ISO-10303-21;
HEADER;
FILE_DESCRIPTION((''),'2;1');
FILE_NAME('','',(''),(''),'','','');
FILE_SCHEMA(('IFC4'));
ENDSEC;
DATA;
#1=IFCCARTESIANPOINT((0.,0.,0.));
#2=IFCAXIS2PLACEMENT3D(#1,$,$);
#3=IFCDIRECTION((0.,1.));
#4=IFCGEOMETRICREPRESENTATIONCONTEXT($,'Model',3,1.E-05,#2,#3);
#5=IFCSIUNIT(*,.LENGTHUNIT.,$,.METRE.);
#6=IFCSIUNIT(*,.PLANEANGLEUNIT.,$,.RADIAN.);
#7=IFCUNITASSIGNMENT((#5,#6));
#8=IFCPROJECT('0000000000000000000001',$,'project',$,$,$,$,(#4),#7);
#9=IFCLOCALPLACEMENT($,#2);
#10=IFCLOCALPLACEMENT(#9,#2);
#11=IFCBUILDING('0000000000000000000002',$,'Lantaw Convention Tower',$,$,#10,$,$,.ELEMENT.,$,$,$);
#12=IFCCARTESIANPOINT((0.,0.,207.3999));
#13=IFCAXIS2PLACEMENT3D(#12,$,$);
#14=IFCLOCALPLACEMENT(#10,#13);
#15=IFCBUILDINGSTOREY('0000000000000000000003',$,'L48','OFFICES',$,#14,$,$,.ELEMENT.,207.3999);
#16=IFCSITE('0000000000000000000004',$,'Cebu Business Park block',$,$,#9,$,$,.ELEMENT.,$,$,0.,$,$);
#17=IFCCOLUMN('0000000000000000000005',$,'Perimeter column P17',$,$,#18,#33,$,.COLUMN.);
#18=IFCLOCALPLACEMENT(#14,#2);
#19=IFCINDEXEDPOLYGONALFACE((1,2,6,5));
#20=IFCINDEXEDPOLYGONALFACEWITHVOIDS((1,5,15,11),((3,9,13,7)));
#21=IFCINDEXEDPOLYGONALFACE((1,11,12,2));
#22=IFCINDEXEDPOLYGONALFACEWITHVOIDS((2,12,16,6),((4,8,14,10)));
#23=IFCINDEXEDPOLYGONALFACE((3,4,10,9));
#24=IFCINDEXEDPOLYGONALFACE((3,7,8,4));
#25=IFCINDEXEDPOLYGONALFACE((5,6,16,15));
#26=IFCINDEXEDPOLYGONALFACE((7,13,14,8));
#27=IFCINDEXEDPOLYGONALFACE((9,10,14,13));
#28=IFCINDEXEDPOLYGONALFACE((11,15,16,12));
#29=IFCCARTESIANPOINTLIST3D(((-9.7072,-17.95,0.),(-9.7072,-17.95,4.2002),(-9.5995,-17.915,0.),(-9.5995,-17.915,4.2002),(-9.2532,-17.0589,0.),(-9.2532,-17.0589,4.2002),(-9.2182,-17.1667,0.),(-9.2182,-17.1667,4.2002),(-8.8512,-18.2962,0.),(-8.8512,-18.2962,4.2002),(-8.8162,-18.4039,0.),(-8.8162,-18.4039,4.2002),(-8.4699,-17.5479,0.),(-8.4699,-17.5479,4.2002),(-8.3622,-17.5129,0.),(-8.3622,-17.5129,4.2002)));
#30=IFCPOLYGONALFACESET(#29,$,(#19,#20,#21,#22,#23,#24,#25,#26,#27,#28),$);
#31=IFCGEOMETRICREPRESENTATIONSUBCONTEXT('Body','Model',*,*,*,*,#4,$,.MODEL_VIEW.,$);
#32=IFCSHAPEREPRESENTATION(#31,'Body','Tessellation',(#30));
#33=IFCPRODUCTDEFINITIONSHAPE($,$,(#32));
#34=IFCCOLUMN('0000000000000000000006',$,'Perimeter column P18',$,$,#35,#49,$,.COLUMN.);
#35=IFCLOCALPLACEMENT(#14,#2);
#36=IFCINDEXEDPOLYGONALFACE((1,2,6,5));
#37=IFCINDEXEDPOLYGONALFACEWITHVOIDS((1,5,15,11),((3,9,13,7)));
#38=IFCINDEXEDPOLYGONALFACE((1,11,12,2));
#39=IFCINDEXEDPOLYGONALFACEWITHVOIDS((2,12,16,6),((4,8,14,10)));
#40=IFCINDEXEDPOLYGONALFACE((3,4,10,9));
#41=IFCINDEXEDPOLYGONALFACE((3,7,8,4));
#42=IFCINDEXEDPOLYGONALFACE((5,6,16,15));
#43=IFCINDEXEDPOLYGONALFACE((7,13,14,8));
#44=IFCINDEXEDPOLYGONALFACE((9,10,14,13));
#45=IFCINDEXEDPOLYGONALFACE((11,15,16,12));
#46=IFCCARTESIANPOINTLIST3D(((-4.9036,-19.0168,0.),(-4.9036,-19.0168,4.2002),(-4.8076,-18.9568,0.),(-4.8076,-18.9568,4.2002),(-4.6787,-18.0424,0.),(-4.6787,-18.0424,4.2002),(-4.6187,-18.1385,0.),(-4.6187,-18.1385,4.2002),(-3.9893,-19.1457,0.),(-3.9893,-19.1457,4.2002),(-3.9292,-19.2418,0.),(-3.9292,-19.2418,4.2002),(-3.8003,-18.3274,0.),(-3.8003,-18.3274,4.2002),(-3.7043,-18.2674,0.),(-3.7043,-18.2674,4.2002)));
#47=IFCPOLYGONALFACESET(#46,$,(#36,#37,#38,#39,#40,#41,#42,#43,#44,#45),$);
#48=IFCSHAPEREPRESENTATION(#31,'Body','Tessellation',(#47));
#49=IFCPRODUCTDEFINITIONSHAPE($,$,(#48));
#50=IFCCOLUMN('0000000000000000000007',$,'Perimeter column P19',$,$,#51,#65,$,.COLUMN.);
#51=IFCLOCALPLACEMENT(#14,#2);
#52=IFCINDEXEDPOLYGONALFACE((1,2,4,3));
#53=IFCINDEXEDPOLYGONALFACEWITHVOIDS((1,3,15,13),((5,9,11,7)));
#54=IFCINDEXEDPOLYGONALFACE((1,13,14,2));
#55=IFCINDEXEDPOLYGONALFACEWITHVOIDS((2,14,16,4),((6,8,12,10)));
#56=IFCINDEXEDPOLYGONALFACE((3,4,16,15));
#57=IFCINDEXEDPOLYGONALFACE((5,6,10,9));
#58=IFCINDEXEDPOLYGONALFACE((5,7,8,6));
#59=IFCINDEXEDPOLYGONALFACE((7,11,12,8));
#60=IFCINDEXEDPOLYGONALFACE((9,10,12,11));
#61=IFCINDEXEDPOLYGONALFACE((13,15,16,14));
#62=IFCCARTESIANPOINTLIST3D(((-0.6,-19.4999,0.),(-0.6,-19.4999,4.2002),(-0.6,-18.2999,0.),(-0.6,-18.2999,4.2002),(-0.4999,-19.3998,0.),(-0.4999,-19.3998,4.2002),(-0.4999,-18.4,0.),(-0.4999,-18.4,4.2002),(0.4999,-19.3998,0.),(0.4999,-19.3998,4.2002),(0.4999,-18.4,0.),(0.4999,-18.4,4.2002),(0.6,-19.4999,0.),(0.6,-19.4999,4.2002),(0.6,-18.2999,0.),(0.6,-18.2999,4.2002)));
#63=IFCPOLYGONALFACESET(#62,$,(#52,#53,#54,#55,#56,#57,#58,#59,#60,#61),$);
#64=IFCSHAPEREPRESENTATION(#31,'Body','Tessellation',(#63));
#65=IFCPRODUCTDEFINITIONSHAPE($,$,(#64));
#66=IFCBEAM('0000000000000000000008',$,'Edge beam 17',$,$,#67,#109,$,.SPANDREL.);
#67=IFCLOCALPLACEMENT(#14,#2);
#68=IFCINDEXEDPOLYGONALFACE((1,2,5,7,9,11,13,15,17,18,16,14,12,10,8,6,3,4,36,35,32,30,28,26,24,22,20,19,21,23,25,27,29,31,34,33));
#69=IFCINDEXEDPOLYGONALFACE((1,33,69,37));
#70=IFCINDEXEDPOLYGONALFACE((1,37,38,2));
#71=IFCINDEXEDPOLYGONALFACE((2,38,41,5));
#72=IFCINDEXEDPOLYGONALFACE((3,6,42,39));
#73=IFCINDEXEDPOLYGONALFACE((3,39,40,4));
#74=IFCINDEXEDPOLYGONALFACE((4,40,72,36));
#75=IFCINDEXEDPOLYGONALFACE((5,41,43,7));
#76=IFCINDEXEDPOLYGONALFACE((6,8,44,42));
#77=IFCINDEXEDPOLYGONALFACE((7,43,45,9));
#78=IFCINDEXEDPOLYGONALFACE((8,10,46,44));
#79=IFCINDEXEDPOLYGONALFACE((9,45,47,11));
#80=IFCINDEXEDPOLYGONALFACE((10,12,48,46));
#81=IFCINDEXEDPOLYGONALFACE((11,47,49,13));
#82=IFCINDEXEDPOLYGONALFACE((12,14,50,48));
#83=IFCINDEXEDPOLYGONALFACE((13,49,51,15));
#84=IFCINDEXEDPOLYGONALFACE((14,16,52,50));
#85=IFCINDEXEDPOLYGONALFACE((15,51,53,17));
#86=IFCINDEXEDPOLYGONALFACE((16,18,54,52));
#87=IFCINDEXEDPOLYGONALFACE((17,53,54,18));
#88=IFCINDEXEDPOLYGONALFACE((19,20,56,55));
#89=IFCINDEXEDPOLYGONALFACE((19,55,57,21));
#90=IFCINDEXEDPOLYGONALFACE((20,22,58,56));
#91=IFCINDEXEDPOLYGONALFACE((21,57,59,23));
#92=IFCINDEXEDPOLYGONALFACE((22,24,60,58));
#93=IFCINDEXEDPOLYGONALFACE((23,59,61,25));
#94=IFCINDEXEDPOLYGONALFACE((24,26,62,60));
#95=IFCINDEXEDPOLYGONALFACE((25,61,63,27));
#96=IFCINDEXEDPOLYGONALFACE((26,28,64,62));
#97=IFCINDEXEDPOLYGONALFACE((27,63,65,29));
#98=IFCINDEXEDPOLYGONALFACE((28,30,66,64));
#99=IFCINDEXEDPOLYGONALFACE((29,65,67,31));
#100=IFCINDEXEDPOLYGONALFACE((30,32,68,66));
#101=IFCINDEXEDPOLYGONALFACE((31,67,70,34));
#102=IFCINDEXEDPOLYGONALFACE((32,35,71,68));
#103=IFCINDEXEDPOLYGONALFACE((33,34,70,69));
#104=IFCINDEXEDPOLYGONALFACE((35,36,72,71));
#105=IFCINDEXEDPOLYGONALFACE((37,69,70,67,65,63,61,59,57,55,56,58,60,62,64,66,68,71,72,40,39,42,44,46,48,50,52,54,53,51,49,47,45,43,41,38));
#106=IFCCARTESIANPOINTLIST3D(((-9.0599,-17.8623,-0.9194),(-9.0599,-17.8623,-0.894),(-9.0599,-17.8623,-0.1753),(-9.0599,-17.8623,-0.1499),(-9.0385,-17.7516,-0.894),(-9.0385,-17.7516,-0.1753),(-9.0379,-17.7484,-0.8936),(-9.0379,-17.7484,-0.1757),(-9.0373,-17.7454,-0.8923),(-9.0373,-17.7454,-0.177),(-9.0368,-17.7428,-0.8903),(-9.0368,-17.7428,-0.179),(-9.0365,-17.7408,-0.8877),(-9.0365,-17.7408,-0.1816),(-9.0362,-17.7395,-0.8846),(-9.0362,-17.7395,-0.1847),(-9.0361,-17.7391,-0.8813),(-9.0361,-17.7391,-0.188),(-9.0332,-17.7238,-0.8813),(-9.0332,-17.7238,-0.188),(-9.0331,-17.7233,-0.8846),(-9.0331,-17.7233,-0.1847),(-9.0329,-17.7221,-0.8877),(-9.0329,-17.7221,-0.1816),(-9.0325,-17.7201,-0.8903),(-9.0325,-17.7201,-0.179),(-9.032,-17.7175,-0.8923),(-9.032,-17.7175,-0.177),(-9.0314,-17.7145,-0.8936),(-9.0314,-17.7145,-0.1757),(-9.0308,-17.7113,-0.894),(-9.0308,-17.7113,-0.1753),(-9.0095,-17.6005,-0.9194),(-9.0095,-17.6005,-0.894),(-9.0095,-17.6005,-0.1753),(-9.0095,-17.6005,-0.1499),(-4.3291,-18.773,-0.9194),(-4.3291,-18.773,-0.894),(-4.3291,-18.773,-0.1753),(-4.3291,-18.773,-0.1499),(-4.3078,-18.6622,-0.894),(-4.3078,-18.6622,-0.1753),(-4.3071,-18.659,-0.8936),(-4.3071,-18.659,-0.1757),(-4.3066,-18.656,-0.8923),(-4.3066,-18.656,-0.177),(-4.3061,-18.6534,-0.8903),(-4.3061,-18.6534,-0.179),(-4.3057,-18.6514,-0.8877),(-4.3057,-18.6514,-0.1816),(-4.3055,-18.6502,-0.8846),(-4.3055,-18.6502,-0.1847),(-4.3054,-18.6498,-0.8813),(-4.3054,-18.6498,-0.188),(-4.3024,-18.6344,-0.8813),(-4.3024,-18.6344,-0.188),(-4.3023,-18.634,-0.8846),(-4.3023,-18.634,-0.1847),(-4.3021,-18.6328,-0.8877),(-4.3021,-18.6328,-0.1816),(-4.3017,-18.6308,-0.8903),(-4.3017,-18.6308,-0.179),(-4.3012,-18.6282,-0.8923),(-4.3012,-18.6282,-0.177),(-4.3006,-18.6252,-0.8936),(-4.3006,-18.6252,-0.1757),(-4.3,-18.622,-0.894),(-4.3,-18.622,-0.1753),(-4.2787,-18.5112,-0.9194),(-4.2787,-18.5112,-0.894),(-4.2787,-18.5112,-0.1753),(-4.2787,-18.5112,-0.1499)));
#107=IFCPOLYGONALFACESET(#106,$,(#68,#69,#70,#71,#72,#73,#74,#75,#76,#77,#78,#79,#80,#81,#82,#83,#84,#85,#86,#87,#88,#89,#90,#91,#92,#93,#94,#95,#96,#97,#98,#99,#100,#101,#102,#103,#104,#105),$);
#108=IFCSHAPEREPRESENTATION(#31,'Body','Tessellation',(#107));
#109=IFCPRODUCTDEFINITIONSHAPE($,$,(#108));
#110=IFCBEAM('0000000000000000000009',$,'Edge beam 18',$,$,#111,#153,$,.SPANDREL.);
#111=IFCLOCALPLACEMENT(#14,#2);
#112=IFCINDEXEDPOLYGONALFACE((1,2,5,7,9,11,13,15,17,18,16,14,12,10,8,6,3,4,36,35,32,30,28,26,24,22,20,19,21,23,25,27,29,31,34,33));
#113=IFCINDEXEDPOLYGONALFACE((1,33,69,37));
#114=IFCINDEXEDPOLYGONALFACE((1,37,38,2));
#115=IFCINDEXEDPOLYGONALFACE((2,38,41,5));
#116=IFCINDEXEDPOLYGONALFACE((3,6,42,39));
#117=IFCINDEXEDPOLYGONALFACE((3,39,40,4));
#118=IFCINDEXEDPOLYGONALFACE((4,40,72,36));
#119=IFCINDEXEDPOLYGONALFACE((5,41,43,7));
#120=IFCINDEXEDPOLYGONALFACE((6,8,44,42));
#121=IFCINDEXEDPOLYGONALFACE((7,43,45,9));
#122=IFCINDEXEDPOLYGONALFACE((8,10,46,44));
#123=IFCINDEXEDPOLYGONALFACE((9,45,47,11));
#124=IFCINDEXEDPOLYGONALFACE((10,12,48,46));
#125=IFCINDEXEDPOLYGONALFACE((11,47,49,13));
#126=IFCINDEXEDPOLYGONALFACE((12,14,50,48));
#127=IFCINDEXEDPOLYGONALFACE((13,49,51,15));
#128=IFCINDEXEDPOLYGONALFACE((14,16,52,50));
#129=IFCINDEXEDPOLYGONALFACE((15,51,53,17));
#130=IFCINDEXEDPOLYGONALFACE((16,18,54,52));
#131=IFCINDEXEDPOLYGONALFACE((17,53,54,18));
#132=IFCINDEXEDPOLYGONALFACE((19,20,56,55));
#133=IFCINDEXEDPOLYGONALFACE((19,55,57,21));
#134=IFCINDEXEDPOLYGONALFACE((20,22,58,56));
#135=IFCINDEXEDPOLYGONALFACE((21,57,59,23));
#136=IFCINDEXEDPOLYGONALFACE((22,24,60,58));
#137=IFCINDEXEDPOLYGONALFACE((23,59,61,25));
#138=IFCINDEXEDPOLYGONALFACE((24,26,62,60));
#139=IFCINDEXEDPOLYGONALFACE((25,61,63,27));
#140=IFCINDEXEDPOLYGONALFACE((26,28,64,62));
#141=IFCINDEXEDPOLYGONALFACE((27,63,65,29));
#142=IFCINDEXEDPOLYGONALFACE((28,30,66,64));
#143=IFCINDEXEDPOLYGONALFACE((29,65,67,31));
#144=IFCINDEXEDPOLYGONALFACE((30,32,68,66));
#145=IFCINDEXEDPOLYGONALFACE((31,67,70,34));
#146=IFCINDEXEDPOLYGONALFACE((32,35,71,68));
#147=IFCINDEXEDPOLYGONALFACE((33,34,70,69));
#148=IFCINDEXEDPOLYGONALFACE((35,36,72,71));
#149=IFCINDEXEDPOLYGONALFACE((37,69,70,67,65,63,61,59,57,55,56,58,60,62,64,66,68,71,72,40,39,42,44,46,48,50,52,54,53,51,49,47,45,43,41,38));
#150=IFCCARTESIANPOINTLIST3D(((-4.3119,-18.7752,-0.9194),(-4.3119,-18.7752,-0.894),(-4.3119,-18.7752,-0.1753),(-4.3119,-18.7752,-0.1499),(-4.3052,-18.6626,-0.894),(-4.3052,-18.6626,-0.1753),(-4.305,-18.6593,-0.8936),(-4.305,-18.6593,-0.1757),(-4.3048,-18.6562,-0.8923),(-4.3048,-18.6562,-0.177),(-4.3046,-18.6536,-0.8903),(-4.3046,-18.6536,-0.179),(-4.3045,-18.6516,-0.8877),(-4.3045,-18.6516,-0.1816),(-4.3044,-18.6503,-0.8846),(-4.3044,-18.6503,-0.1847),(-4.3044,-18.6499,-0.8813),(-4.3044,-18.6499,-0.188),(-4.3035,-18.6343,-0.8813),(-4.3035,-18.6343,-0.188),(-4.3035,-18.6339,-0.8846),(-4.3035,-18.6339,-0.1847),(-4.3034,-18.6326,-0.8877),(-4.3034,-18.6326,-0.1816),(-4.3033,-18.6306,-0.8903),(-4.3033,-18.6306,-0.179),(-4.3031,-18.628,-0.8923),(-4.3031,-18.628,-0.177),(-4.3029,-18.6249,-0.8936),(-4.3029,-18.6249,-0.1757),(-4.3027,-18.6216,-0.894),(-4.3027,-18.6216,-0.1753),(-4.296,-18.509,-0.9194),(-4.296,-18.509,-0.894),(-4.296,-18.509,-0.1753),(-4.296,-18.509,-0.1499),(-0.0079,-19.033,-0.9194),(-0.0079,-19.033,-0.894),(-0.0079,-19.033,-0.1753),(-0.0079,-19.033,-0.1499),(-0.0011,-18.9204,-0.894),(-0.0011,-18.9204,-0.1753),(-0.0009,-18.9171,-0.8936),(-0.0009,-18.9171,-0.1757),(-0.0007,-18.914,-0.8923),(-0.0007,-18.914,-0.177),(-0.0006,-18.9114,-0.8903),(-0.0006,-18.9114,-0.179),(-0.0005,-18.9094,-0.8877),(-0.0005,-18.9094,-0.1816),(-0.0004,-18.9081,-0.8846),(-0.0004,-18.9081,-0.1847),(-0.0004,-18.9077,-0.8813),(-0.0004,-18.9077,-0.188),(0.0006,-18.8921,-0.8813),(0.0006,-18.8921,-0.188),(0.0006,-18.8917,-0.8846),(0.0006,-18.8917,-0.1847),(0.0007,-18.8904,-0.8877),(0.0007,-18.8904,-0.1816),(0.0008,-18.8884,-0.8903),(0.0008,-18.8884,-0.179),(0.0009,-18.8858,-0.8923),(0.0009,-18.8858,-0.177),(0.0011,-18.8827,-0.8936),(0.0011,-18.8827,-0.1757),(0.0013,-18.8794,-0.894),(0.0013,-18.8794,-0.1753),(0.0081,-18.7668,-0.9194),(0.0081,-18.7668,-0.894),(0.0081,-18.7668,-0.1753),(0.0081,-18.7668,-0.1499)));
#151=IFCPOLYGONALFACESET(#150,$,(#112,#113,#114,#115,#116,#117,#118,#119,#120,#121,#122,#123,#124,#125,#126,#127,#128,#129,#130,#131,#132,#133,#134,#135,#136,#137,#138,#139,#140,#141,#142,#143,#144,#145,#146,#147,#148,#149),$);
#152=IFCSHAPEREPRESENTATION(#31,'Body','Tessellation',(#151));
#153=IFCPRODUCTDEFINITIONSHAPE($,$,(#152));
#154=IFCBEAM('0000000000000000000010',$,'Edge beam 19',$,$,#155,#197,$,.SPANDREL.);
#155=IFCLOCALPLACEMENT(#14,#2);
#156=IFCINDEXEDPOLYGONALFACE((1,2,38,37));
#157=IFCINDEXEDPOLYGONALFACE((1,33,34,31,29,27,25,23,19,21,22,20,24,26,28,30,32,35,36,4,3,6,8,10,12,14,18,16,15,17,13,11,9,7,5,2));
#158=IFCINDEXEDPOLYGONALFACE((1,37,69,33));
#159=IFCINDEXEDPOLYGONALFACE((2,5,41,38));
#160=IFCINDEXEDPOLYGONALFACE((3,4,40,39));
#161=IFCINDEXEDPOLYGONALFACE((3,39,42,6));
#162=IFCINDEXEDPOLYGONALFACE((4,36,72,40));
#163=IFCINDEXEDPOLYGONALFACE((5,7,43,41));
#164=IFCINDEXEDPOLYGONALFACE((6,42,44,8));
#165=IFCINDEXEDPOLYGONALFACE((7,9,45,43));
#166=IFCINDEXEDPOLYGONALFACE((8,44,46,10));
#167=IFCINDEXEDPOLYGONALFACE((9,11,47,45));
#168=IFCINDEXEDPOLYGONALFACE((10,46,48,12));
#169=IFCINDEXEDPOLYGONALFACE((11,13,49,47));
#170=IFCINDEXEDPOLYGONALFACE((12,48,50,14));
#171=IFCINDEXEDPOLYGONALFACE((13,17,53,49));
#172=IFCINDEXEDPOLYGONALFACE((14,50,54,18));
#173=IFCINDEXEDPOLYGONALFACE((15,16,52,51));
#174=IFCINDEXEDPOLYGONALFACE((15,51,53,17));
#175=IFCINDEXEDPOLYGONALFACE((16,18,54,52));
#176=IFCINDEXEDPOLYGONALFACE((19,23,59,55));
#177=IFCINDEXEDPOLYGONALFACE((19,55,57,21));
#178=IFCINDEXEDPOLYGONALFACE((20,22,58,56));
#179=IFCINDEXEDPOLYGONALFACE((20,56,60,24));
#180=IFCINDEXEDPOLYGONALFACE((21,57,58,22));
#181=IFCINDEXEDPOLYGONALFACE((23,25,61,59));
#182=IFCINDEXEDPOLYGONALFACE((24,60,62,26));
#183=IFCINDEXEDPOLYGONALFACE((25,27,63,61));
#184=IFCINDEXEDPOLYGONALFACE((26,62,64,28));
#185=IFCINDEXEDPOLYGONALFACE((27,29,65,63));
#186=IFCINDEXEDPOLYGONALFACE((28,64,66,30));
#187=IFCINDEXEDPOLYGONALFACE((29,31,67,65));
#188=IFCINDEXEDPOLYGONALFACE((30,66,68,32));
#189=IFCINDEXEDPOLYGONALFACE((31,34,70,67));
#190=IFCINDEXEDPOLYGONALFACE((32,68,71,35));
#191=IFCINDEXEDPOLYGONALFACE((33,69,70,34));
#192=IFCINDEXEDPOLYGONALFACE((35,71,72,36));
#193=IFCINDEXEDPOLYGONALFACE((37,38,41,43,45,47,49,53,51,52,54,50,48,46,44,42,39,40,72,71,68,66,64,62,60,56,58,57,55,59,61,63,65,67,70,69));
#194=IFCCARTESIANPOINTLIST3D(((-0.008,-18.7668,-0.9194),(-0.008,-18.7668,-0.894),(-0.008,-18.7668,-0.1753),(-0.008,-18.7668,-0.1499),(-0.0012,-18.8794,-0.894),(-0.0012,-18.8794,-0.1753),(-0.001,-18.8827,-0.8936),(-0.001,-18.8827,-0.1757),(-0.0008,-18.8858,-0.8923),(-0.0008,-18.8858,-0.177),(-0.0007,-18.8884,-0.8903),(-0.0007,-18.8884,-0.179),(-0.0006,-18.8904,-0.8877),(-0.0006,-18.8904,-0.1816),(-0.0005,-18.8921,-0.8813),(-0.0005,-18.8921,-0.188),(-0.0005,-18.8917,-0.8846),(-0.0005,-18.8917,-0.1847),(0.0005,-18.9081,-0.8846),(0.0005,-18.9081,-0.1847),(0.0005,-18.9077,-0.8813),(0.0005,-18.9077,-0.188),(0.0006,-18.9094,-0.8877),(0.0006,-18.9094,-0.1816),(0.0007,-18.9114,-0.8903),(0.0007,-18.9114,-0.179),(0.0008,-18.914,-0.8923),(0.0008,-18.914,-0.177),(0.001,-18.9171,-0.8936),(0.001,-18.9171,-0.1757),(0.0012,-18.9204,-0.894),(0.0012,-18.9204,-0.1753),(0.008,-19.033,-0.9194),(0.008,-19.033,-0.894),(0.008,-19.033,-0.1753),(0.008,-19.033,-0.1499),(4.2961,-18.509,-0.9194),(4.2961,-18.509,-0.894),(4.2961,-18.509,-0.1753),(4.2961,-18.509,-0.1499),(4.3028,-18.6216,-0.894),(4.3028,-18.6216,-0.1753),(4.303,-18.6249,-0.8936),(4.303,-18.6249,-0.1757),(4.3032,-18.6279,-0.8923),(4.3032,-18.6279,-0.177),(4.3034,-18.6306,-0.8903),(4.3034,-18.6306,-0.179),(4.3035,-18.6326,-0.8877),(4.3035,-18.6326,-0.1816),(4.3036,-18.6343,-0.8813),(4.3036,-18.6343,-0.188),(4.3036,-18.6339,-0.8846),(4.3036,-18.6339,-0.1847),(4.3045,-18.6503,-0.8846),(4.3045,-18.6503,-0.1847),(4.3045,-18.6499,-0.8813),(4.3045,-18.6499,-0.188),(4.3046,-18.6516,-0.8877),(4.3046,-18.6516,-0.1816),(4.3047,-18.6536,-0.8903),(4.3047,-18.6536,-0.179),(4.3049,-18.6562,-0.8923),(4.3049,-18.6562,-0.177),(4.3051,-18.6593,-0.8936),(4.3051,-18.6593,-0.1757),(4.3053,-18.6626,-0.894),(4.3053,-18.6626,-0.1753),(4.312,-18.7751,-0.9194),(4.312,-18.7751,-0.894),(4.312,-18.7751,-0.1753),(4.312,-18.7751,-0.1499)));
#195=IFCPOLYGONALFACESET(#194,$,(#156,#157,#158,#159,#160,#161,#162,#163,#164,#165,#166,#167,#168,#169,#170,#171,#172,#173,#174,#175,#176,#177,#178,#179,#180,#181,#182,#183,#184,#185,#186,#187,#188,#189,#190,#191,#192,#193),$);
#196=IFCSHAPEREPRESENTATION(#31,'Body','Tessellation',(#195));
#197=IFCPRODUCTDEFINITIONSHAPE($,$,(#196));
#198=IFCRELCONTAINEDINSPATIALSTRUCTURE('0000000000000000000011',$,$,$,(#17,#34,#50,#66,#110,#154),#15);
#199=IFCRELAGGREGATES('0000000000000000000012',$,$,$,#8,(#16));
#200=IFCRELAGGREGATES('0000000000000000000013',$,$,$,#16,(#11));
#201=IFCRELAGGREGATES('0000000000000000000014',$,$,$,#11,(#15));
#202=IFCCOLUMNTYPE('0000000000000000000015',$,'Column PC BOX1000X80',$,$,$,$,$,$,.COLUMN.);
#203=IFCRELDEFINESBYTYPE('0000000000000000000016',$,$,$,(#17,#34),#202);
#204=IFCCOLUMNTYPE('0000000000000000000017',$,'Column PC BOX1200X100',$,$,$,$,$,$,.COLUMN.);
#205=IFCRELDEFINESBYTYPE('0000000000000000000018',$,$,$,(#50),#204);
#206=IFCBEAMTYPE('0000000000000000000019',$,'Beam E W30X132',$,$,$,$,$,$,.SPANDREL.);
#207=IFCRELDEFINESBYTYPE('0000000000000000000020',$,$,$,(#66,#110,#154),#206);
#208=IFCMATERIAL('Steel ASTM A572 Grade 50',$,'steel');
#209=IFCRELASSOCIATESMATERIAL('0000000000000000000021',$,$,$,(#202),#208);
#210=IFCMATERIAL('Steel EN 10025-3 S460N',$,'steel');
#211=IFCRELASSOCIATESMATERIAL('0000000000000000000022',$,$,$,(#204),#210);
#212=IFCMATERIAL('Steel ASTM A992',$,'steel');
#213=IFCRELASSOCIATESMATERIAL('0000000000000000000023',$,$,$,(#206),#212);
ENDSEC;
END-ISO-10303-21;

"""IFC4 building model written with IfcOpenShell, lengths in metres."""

from ifc_helpers import new_model, si_unit, direction, frame, origin, origin_2d, place, context, subcontext, project, spatial, rectangle, hollow_rectangle, i_section, extrude, material, material_profile, profile_set, type_object, element, save


model = new_model("IFC4")

# Units and contexts
model_context = context("Model", 3, precision=1e-05, world=origin(), true_north=direction((0.0, 1.0)))
body_context = subcontext(model_context, "Body", "Model", "MODEL_VIEW")
ifc_project = project(units=[si_unit("LENGTHUNIT", "METRE"), si_unit("PLANEANGLEUNIT", "RADIAN")], contexts=[model_context])

# Site, building, storey
site_placement = place(None, origin())
site = spatial("IfcSite", under=ifc_project, at=site_placement, Name="Cebu Business Park block", CompositionType="ELEMENT", RefElevation=0.0)
building_placement = place(site_placement, origin())
building = spatial("IfcBuilding", under=site, at=building_placement, Name="Lantaw Convention Tower", CompositionType="ELEMENT")
storey_placement = place(building_placement, frame((0.0, 0.0, 207.3999)))
storey = spatial("IfcBuildingStorey", under=building, at=storey_placement, Name="L48", Description="OFFICES", CompositionType="ELEMENT", Elevation=207.3999)

# Columns
ifc_material_1 = material(Name="Steel ASTM A572 Grade 50", Category="steel")
ifc_material_profile_1 = material_profile(ifc_material_1, hollow_rectangle(XDim=1.0, YDim=1.0, WallThickness=0.0801, at=origin_2d()), Name="BOX1000X80")
ifc_material_2 = material(Name="Concrete C60/75", Category="concrete")
ifc_material_profile_2 = material_profile(ifc_material_2, rectangle(XDim=0.8401, YDim=0.8401, at=origin_2d()), Name="Concrete fill of BOX1000X80")
ifc_profile_set_1 = profile_set([ifc_material_profile_1, ifc_material_profile_2], Name="Steel ASTM A572 Grade 50")
column_type_1 = type_object("IfcColumnType", Name="Column PC BOX1000X80", PredefinedType="COLUMN", material=ifc_profile_set_1)
for number, where, z_axis, x_axis, name in (
    (1, (-9.0347, -17.7314, 0.0), (0.0, 0.0, 1.0), (0.45399, 0.891007, 0.0), "Perimeter column P17"),
    (2, (-4.304, -18.6421, 0.0), (0.0, 0.0, 1.0), (0.224951, 0.97437, 0.0), "Perimeter column P18"),
):
    element("IfcColumn", number, at=place(storey_placement, frame(where, z_axis=z_axis, x_axis=x_axis)), inside=storey, type_object=column_type_1, Name=name, PredefinedType="COLUMN", context=body_context, shape_type="SweptSolid", body=[
        extrude(hollow_rectangle(XDim=1.0, YDim=1.0, WallThickness=0.0801, at=origin_2d()), origin(), (0.0, 0.0, 1.0), 4.2002),
    ])
ifc_material_3 = material(Name="Steel EN 10025-3 S460N", Category="steel")
ifc_material_profile_3 = material_profile(ifc_material_3, hollow_rectangle(XDim=1.2, YDim=1.2, WallThickness=0.1001, at=origin_2d()), Name="BOX1200X100")
ifc_material_profile_4 = material_profile(ifc_material_2, rectangle(XDim=1.0, YDim=1.0, at=origin_2d()), Name="Concrete fill of BOX1200X100")
ifc_profile_set_2 = profile_set([ifc_material_profile_3, ifc_material_profile_4], Name="Steel EN 10025-3 S460N")
column_type_2 = type_object("IfcColumnType", Name="Column PC BOX1200X100", PredefinedType="COLUMN", material=ifc_profile_set_2)
column_placement = place(storey_placement, frame((0.0, -18.8999, 0.0), z_axis=(0.0, 0.0, 1.0), x_axis=(1.0, 0.0, 0.0)))
element("IfcColumn", 3, at=column_placement, inside=storey, type_object=column_type_2, Name="Perimeter column P19", PredefinedType="COLUMN", context=body_context, shape_type="SweptSolid", body=[
    extrude(hollow_rectangle(XDim=1.2, YDim=1.2, WallThickness=0.1001, at=origin_2d()), origin(), (0.0, 0.0, 1.0), 4.2002),
])

# Beams
ifc_material_4 = material(Name="Steel ASTM A992", Category="steel")
ifc_material_profile_5 = material_profile(ifc_material_4, i_section(OverallWidth=0.2666, OverallDepth=0.7695, WebThickness=0.0156, FlangeThickness=0.0254, FilletRadius=0.0127, at=origin_2d()), Name="W30X132")
ifc_profile_set_3 = profile_set([ifc_material_profile_5], Name="Steel ASTM A992")
beam_type_1 = type_object("IfcBeamType", Name="Beam E W30X132", PredefinedType="SPANDREL", material=ifc_profile_set_3)
beam_1_placement = place(storey_placement, frame((-9.0347, -17.7314, -0.5347), z_axis=(0.981972, -0.189026, 0.0), x_axis=(0.189026, 0.981972, 0.0)))
element("IfcBeam", 4, at=beam_1_placement, inside=storey, type_object=beam_type_1, Name="Edge beam 17", PredefinedType="SPANDREL", context=body_context, shape_type="SweptSolid", body=[
    extrude(i_section(OverallWidth=0.2666, OverallDepth=0.7695, WebThickness=0.0156, FlangeThickness=0.0254, FilletRadius=0.0127, at=origin_2d()), origin(), (0.0, 0.0, 1.0), 4.8176),
])
for number, where, z_axis, x_axis, name in (
    (5, (-4.304, -18.6421, -0.5347), (0.998211, -0.059794, 0.0), (0.059794, 0.998211, 0.0), "Edge beam 18"),
    (6, (0.0, -18.8999, -0.5347), (0.998211, 0.059794, 0.0), (-0.059794, 0.998211, 0.0), "Edge beam 19"),
):
    element("IfcBeam", number, at=place(storey_placement, frame(where, z_axis=z_axis, x_axis=x_axis)), inside=storey, type_object=beam_type_1, Name=name, PredefinedType="SPANDREL", context=body_context, shape_type="SweptSolid", body=[
        extrude(i_section(OverallWidth=0.2666, OverallDepth=0.7695, WebThickness=0.0156, FlangeThickness=0.0254, FilletRadius=0.0127, at=origin_2d()), origin(), (0.0, 0.0, 1.0), 4.3118),
    ])

save(model, "model.ifc")
